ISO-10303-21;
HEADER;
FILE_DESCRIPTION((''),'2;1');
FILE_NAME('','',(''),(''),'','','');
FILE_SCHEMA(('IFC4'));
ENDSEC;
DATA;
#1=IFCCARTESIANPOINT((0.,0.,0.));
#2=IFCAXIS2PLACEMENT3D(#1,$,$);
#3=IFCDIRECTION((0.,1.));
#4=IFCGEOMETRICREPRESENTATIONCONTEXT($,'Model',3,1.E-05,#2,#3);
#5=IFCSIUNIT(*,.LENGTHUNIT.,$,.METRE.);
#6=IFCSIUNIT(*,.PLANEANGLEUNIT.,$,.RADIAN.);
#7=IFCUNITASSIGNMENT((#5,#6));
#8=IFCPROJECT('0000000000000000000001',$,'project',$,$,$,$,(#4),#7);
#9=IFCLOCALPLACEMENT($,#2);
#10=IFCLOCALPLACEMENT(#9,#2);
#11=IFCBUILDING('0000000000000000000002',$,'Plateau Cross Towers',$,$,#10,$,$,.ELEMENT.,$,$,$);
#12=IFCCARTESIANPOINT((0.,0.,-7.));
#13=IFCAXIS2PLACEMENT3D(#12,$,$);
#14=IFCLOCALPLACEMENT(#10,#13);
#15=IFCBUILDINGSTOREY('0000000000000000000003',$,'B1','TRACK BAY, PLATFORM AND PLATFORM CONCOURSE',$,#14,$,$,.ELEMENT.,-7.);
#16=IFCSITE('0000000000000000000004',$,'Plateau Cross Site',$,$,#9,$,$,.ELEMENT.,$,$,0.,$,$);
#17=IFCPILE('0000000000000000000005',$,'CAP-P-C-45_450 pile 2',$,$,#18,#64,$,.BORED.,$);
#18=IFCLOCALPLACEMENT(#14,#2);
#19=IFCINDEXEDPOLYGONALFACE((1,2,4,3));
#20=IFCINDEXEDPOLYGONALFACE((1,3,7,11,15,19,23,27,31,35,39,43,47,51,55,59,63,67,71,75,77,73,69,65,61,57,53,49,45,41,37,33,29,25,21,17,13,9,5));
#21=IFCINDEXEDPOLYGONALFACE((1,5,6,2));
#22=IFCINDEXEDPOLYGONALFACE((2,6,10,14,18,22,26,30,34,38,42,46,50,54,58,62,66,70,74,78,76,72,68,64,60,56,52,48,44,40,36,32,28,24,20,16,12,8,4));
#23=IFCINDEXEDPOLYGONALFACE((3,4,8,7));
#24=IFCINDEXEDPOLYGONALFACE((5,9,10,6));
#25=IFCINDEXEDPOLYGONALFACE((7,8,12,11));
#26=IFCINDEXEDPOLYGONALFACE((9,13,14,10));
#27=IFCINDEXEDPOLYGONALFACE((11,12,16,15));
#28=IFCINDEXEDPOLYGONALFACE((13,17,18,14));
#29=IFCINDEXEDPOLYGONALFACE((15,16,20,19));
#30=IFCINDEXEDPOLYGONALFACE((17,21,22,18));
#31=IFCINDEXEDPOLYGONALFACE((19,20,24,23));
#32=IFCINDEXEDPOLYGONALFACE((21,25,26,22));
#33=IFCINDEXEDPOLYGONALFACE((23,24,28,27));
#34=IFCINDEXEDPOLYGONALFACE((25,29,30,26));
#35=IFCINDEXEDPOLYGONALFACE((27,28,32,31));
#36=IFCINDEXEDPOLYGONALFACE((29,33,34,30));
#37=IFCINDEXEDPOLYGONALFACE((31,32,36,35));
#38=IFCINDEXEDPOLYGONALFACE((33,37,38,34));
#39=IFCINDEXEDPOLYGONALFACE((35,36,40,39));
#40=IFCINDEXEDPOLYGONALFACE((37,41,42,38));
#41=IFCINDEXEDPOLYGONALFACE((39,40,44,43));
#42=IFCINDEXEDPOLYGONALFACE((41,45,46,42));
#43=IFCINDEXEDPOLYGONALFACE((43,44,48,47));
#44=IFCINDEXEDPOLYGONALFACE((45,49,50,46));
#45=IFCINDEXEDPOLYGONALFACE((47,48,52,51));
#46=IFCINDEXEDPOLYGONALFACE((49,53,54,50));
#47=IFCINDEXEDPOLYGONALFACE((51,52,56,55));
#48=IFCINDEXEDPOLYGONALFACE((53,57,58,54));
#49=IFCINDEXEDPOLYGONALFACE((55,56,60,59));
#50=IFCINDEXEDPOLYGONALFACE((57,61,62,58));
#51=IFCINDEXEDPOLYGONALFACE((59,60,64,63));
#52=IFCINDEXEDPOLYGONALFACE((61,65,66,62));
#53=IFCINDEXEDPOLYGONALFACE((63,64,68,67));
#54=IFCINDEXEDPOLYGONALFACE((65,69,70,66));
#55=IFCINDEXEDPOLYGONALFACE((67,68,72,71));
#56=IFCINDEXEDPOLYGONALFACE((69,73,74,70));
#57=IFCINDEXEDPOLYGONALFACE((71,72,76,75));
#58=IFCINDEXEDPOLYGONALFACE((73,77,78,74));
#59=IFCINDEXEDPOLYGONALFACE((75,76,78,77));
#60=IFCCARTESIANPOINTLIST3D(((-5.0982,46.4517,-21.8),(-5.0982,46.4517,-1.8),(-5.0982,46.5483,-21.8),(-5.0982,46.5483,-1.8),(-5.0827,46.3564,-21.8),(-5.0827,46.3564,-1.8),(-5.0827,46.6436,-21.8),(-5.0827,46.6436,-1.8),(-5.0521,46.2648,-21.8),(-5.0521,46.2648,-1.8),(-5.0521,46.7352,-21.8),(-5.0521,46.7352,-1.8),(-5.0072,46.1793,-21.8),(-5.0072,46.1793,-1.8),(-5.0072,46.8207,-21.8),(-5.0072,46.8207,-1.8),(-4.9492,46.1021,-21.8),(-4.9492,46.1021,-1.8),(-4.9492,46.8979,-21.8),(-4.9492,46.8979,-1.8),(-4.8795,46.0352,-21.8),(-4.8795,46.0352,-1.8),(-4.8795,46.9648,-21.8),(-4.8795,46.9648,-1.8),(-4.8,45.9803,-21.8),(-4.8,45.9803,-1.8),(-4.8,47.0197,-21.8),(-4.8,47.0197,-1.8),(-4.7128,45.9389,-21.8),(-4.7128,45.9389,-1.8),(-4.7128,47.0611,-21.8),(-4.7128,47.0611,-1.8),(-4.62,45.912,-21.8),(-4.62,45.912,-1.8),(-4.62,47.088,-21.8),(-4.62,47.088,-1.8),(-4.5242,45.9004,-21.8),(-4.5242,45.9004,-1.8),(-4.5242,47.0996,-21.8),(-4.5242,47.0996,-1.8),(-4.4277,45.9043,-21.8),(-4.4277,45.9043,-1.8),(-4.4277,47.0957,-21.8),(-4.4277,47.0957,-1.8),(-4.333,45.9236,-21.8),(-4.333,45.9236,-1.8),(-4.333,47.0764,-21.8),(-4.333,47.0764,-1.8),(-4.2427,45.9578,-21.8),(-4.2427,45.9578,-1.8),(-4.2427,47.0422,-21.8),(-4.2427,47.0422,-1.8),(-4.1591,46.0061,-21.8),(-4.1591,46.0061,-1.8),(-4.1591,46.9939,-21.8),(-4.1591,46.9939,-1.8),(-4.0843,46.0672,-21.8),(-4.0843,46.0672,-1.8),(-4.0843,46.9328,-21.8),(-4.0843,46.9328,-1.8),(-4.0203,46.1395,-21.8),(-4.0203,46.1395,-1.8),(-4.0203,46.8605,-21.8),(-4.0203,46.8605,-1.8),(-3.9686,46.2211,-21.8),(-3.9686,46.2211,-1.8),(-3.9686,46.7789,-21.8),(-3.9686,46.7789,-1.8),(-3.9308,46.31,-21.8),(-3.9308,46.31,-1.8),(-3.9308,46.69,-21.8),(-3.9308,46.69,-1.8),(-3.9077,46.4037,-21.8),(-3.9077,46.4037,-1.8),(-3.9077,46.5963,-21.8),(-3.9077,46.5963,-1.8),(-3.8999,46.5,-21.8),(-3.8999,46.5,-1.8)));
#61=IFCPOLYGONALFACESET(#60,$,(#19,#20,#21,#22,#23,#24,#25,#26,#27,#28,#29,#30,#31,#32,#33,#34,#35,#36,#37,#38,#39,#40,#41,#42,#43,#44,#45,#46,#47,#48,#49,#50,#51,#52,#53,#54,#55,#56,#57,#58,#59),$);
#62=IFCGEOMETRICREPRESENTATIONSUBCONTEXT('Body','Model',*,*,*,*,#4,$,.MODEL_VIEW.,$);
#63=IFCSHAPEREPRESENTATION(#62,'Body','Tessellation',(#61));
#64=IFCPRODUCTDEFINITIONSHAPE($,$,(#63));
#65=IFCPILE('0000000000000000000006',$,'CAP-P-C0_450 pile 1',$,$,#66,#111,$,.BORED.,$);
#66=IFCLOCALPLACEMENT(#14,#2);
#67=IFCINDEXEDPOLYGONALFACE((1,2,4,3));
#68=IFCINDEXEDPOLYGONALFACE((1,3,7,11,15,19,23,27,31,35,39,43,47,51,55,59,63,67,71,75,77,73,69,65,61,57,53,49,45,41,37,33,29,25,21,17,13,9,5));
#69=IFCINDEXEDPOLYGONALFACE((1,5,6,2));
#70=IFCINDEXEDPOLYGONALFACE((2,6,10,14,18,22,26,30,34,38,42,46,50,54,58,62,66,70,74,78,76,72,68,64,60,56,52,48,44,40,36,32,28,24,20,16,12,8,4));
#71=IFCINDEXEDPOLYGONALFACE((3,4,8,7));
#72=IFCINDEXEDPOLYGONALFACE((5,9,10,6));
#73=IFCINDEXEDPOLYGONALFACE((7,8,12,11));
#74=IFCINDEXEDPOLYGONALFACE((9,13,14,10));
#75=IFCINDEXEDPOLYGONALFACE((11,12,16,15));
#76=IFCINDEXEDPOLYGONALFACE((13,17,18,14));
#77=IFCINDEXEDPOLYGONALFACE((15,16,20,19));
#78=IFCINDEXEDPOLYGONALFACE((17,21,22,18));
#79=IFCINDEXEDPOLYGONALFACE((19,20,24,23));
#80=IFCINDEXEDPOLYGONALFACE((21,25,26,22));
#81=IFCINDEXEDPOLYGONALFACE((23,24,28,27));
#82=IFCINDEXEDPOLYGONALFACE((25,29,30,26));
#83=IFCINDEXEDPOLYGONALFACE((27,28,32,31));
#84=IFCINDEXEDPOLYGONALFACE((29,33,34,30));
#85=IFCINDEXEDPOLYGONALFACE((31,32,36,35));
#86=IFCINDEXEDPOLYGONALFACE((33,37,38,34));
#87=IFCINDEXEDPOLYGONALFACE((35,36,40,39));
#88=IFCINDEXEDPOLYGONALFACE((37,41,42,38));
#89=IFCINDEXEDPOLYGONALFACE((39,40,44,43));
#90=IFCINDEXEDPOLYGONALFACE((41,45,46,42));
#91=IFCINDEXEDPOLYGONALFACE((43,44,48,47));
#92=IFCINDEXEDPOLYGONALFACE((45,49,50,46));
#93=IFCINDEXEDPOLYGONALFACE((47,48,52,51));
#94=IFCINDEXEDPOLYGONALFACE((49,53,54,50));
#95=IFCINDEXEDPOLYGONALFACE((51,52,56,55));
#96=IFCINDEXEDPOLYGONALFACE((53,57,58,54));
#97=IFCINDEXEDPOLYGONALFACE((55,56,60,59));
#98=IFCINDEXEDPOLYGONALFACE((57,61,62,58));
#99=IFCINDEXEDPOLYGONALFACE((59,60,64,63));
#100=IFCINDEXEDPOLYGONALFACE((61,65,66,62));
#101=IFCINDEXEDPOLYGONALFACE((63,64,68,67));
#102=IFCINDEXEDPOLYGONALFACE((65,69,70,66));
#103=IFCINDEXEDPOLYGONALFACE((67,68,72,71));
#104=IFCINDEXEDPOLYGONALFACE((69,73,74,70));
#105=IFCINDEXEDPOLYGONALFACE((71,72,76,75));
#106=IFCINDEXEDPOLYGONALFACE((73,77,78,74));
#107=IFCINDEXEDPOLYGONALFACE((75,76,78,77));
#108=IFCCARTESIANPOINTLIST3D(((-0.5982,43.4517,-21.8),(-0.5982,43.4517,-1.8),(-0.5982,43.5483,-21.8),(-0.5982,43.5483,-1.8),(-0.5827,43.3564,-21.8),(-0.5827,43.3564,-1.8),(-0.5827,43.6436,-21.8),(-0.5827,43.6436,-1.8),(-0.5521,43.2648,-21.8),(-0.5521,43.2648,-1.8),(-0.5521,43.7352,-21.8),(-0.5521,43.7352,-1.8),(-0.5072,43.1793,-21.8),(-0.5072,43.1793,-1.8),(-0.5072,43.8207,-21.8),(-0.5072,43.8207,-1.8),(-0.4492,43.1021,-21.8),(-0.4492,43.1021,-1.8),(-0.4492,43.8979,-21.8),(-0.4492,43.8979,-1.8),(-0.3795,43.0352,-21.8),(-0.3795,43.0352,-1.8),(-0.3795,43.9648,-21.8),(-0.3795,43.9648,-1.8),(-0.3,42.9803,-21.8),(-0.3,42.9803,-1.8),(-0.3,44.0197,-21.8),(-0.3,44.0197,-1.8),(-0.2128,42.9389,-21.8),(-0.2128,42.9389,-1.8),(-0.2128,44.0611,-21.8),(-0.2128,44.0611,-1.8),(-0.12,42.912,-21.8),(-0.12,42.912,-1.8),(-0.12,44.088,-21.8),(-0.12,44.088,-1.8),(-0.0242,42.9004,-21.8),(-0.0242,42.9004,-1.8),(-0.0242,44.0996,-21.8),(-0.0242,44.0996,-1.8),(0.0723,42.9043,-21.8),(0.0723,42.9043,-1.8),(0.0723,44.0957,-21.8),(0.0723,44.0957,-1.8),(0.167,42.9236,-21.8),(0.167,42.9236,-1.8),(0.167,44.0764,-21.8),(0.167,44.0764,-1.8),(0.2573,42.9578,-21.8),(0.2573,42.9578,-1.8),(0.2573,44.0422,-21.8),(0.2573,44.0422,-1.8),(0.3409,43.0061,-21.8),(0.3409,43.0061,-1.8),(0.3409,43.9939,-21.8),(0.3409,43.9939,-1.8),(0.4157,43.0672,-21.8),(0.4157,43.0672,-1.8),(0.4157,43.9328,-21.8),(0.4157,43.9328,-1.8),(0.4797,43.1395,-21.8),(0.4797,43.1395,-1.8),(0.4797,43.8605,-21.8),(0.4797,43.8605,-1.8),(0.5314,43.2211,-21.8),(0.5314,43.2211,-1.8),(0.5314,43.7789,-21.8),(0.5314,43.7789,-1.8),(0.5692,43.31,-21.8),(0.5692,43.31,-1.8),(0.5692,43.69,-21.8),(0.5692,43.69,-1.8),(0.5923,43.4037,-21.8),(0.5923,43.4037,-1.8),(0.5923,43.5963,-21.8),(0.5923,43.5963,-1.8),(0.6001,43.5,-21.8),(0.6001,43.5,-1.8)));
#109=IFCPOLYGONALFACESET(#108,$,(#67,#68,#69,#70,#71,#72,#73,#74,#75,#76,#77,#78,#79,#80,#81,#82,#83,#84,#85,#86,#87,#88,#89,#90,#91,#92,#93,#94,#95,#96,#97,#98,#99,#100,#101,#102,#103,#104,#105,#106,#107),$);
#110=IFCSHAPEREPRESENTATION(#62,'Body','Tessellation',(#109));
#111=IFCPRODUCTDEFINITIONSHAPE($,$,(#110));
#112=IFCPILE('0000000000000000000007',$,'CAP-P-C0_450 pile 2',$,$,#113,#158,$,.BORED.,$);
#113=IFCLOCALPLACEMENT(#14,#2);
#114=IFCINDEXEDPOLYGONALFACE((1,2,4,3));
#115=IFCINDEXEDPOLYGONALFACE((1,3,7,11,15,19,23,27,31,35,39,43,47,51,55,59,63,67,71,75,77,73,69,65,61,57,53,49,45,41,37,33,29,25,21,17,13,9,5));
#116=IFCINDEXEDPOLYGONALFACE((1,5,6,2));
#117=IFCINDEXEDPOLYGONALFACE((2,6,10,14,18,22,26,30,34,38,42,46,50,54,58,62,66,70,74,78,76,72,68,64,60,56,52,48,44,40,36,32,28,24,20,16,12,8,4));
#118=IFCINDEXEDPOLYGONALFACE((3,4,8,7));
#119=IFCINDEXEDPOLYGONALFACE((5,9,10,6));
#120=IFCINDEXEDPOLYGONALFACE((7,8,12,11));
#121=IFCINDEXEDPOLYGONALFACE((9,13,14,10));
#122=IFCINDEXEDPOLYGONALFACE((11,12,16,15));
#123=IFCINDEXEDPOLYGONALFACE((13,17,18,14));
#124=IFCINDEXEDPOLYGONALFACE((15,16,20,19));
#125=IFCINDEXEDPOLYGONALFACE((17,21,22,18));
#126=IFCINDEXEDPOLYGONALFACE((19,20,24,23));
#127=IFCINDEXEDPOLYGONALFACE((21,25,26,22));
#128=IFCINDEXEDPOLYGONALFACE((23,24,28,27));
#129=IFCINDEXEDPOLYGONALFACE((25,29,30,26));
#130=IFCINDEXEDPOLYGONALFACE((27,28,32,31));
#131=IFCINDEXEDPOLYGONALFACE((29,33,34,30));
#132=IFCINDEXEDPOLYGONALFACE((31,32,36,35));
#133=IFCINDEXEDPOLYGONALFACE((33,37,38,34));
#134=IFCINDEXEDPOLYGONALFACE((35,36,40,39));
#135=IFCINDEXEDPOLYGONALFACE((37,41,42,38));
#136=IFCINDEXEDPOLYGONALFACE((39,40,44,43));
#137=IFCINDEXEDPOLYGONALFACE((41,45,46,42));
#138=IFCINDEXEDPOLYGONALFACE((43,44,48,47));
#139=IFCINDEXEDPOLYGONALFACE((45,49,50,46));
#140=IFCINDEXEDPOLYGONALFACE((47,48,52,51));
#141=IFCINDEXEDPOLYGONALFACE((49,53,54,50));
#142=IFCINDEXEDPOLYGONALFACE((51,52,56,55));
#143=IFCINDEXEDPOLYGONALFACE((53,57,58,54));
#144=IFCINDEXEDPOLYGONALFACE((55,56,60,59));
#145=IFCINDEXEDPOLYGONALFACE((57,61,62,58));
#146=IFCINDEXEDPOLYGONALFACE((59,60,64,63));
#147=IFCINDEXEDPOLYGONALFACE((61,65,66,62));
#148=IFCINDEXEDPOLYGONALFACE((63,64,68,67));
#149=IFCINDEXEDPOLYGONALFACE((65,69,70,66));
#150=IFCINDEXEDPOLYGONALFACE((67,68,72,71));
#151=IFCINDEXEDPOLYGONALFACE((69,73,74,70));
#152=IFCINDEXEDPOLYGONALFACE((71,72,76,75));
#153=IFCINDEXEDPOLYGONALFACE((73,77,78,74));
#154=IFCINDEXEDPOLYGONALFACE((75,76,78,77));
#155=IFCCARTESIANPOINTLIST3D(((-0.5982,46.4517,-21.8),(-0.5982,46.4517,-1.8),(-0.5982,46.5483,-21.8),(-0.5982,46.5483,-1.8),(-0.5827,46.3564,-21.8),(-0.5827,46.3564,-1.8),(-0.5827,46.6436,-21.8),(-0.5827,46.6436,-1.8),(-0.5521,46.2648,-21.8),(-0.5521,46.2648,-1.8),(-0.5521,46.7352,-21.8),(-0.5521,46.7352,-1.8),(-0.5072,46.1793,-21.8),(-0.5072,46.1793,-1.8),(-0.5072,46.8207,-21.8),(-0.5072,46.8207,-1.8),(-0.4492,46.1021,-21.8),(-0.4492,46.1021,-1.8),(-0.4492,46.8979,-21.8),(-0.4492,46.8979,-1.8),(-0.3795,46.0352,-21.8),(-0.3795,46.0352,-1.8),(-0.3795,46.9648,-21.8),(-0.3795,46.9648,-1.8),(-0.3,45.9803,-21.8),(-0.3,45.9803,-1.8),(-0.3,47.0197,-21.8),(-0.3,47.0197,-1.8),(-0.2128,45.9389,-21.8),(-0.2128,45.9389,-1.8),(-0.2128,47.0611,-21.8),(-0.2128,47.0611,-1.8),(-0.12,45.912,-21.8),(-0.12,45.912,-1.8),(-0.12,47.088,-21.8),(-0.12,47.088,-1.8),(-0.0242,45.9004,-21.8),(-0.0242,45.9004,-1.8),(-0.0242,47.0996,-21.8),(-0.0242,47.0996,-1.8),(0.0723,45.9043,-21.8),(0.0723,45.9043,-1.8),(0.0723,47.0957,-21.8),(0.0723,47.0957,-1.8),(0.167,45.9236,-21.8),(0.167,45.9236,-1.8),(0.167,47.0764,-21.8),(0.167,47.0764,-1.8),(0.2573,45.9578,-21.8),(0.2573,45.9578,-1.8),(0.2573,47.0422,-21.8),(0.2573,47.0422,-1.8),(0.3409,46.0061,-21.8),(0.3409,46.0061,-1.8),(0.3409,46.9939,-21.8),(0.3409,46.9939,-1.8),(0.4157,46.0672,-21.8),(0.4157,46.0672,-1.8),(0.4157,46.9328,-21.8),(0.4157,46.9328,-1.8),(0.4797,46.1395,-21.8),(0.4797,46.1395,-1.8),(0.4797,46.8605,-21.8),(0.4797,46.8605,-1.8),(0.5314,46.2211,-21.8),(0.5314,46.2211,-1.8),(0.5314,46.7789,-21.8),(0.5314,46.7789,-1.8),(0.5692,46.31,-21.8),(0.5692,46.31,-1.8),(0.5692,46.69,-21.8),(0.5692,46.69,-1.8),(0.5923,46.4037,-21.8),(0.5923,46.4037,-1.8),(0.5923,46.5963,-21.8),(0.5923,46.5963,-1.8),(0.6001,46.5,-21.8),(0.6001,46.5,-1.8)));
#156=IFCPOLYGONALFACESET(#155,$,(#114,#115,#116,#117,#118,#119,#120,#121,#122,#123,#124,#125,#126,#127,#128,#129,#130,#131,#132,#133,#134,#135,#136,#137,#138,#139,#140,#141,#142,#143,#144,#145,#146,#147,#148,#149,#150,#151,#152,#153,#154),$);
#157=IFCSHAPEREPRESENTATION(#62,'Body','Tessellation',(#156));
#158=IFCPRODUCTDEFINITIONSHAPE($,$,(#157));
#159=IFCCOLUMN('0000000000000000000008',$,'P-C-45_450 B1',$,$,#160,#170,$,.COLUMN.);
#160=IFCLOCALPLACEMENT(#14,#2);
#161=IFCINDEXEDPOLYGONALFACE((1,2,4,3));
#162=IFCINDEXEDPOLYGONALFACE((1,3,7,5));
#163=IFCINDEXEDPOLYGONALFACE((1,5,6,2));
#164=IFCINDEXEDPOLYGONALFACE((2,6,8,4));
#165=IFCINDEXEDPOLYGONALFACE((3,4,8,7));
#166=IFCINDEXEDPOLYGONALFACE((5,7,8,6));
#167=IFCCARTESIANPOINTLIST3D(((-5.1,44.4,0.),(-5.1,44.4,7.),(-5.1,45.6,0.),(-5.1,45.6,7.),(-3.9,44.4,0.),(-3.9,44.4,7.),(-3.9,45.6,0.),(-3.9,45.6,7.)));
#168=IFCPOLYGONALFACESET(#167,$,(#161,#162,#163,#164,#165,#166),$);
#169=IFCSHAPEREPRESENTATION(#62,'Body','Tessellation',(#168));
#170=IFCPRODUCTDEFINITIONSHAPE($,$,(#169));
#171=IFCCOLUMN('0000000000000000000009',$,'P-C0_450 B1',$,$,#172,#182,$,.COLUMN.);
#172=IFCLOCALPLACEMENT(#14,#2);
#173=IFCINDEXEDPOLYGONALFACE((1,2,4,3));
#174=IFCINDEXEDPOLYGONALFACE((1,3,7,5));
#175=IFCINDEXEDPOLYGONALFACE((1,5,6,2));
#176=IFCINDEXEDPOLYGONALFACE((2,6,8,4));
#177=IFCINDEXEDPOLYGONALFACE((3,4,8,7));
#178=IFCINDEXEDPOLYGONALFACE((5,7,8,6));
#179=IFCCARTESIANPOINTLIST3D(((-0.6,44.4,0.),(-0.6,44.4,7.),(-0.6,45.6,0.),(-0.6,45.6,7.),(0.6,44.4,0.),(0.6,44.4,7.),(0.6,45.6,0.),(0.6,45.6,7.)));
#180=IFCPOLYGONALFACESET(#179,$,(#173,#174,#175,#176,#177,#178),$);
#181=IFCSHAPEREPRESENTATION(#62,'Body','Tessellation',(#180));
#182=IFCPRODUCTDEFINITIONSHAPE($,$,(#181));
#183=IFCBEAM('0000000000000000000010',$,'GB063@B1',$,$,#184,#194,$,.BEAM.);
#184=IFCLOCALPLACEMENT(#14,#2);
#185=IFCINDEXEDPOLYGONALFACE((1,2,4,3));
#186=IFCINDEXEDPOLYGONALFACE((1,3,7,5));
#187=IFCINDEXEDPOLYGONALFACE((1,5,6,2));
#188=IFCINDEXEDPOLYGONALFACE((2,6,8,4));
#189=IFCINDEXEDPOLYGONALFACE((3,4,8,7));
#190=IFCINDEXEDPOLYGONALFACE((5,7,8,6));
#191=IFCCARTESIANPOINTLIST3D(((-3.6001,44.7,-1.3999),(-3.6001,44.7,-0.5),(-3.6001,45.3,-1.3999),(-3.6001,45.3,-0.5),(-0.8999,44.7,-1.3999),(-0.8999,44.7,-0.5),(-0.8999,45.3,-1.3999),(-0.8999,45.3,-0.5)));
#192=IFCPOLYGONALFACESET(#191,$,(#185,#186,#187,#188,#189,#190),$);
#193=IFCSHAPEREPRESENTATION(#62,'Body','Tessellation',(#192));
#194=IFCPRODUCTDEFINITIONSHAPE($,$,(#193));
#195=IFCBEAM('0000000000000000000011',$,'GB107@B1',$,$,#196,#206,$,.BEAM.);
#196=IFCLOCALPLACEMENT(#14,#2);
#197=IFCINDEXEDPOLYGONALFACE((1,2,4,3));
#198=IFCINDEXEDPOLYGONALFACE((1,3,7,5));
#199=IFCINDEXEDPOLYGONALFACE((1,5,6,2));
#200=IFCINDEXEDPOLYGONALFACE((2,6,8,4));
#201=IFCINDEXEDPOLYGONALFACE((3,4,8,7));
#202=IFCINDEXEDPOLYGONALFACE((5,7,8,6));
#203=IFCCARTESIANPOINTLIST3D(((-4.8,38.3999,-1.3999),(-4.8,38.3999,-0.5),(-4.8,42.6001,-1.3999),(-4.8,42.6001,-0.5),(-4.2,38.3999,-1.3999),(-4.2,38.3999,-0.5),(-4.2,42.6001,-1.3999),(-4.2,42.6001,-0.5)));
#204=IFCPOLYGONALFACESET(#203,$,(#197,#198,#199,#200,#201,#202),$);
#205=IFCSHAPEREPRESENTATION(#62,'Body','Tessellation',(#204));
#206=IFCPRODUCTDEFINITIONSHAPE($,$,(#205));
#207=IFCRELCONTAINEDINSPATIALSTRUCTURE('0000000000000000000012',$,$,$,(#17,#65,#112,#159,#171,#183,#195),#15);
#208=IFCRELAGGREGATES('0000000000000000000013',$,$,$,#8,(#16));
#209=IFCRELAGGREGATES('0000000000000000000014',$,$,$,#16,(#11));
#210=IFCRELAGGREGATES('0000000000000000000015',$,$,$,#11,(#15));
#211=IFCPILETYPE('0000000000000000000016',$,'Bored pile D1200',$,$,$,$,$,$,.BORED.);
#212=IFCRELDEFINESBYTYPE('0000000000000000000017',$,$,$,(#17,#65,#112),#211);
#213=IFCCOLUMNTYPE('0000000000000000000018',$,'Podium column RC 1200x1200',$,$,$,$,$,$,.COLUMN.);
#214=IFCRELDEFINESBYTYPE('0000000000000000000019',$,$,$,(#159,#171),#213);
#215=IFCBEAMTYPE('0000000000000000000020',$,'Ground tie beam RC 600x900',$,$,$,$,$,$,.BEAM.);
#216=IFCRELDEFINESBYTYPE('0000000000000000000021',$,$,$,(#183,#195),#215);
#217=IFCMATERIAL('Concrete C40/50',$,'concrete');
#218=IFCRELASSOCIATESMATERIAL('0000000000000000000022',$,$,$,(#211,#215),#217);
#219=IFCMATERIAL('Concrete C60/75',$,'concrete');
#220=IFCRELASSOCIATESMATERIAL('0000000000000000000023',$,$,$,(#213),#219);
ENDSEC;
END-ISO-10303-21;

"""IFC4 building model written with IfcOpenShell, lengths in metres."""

from ifc_helpers import new_model, si_unit, direction, frame, origin, origin_2d, place, context, subcontext, project, spatial, rectangle, circle, extrude, material, material_profile, profile_set, type_object, element, save


model = new_model("IFC4")

# Units and contexts
model_context = context("Model", 3, precision=1e-05, world=origin(), true_north=direction((0.0, 1.0)))
body_context = subcontext(model_context, "Body", "Model", "MODEL_VIEW")
ifc_project = project(units=[si_unit("LENGTHUNIT", "METRE"), si_unit("PLANEANGLEUNIT", "RADIAN")], contexts=[model_context])

# Site, building, storey
site_placement = place(None, origin())
site = spatial("IfcSite", under=ifc_project, at=site_placement, Name="Plateau Cross Site", CompositionType="ELEMENT", RefElevation=0.0)
building_placement = place(site_placement, origin())
building = spatial("IfcBuilding", under=site, at=building_placement, Name="Plateau Cross Towers", CompositionType="ELEMENT")
storey_placement = place(building_placement, frame((0.0, 0.0, -7.0)))
storey = spatial("IfcBuildingStorey", under=building, at=storey_placement, Name="B1", Description="TRACK BAY, PLATFORM AND PLATFORM CONCOURSE", CompositionType="ELEMENT", Elevation=-7.0)

# Piles
ifc_material_1 = material(Name="Concrete C40/50", Category="concrete")
ifc_material_profile_1 = material_profile(ifc_material_1, circle(Radius=0.6001, at=origin_2d()), Name="Bored pile D1200")
ifc_profile_set_1 = profile_set([ifc_material_profile_1], Name="Concrete C40/50")
pile_type = type_object("IfcPileType", Name="Bored pile D1200", PredefinedType="BORED", material=ifc_profile_set_1)
for number, where, z_axis, x_axis, name in (
    (1, (-4.5, 46.5, -1.8), (0.0, 0.0, -1.0), (1.0, 0.0, 0.0), "CAP-P-C-45_450 pile 2"),
    (2, (0.0, 43.5, -1.8), (0.0, 0.0, -1.0), (1.0, 0.0, 0.0), "CAP-P-C0_450 pile 1"),
    (3, (0.0, 46.5, -1.8), (0.0, 0.0, -1.0), (1.0, 0.0, 0.0), "CAP-P-C0_450 pile 2"),
):
    element("IfcPile", number, at=place(storey_placement, frame(where, z_axis=z_axis, x_axis=x_axis)), inside=storey, type_object=pile_type, Name=name, PredefinedType="BORED", context=body_context, shape_type="SweptSolid", body=[
        extrude(circle(Radius=0.6001, at=origin_2d()), origin(), (0.0, 0.0, 1.0), 20.0),
    ])

# Columns
ifc_material_2 = material(Name="Concrete C60/75", Category="concrete")
ifc_material_profile_2 = material_profile(ifc_material_2, rectangle(XDim=1.2, YDim=1.2, at=origin_2d()), Name="RC 1200x1200")
ifc_profile_set_2 = profile_set([ifc_material_profile_2], Name="Concrete C60/75")
column_type = type_object("IfcColumnType", Name="Podium column RC 1200x1200", PredefinedType="COLUMN", material=ifc_profile_set_2)
for number, where, z_axis, x_axis, name in (
    (4, (-4.5, 45.0, 0.0), (0.0, 0.0, 1.0), (1.0, 0.0, 0.0), "P-C-45_450 B1"),
    (5, (0.0, 45.0, 0.0), (0.0, 0.0, 1.0), (1.0, 0.0, 0.0), "P-C0_450 B1"),
):
    element("IfcColumn", number, at=place(storey_placement, frame(where, z_axis=z_axis, x_axis=x_axis)), inside=storey, type_object=column_type, Name=name, PredefinedType="COLUMN", context=body_context, shape_type="SweptSolid", body=[
        extrude(rectangle(XDim=1.2, YDim=1.2, at=origin_2d()), origin(), (0.0, 0.0, 1.0), 7.0),
    ])

# Beams
ifc_material_profile_3 = material_profile(ifc_material_1, rectangle(XDim=0.6001, YDim=0.8999, at=origin_2d()), Name="RC 600x900")
ifc_profile_set_3 = profile_set([ifc_material_profile_3], Name="Concrete C40/50")
beam_type_1 = type_object("IfcBeamType", Name="Ground tie beam RC 600x900", PredefinedType="BEAM", material=ifc_profile_set_3)
beam_1_placement = place(storey_placement, frame((-3.6001, 45.0, -0.95), z_axis=(1.0, 0.0, 0.0), x_axis=(0.0, 1.0, 0.0)))
element("IfcBeam", 6, at=beam_1_placement, inside=storey, type_object=beam_type_1, Name="GB063@B1", PredefinedType="BEAM", context=body_context, shape_type="SweptSolid", body=[
    extrude(rectangle(XDim=0.6001, YDim=0.8999, at=origin_2d()), origin(), (0.0, 0.0, 1.0), 2.7002),
])
beam_2_placement = place(storey_placement, frame((-4.5, 38.3999, -0.95), z_axis=(0.0, 1.0, 0.0), x_axis=(-1.0, 0.0, 0.0)))
element("IfcBeam", 7, at=beam_2_placement, inside=storey, type_object=beam_type_1, Name="GB107@B1", PredefinedType="BEAM", context=body_context, shape_type="SweptSolid", body=[
    extrude(rectangle(XDim=0.6001, YDim=0.8999, at=origin_2d()), origin(), (0.0, 0.0, 1.0), 4.2002),
])

save(model, "model.ifc")
